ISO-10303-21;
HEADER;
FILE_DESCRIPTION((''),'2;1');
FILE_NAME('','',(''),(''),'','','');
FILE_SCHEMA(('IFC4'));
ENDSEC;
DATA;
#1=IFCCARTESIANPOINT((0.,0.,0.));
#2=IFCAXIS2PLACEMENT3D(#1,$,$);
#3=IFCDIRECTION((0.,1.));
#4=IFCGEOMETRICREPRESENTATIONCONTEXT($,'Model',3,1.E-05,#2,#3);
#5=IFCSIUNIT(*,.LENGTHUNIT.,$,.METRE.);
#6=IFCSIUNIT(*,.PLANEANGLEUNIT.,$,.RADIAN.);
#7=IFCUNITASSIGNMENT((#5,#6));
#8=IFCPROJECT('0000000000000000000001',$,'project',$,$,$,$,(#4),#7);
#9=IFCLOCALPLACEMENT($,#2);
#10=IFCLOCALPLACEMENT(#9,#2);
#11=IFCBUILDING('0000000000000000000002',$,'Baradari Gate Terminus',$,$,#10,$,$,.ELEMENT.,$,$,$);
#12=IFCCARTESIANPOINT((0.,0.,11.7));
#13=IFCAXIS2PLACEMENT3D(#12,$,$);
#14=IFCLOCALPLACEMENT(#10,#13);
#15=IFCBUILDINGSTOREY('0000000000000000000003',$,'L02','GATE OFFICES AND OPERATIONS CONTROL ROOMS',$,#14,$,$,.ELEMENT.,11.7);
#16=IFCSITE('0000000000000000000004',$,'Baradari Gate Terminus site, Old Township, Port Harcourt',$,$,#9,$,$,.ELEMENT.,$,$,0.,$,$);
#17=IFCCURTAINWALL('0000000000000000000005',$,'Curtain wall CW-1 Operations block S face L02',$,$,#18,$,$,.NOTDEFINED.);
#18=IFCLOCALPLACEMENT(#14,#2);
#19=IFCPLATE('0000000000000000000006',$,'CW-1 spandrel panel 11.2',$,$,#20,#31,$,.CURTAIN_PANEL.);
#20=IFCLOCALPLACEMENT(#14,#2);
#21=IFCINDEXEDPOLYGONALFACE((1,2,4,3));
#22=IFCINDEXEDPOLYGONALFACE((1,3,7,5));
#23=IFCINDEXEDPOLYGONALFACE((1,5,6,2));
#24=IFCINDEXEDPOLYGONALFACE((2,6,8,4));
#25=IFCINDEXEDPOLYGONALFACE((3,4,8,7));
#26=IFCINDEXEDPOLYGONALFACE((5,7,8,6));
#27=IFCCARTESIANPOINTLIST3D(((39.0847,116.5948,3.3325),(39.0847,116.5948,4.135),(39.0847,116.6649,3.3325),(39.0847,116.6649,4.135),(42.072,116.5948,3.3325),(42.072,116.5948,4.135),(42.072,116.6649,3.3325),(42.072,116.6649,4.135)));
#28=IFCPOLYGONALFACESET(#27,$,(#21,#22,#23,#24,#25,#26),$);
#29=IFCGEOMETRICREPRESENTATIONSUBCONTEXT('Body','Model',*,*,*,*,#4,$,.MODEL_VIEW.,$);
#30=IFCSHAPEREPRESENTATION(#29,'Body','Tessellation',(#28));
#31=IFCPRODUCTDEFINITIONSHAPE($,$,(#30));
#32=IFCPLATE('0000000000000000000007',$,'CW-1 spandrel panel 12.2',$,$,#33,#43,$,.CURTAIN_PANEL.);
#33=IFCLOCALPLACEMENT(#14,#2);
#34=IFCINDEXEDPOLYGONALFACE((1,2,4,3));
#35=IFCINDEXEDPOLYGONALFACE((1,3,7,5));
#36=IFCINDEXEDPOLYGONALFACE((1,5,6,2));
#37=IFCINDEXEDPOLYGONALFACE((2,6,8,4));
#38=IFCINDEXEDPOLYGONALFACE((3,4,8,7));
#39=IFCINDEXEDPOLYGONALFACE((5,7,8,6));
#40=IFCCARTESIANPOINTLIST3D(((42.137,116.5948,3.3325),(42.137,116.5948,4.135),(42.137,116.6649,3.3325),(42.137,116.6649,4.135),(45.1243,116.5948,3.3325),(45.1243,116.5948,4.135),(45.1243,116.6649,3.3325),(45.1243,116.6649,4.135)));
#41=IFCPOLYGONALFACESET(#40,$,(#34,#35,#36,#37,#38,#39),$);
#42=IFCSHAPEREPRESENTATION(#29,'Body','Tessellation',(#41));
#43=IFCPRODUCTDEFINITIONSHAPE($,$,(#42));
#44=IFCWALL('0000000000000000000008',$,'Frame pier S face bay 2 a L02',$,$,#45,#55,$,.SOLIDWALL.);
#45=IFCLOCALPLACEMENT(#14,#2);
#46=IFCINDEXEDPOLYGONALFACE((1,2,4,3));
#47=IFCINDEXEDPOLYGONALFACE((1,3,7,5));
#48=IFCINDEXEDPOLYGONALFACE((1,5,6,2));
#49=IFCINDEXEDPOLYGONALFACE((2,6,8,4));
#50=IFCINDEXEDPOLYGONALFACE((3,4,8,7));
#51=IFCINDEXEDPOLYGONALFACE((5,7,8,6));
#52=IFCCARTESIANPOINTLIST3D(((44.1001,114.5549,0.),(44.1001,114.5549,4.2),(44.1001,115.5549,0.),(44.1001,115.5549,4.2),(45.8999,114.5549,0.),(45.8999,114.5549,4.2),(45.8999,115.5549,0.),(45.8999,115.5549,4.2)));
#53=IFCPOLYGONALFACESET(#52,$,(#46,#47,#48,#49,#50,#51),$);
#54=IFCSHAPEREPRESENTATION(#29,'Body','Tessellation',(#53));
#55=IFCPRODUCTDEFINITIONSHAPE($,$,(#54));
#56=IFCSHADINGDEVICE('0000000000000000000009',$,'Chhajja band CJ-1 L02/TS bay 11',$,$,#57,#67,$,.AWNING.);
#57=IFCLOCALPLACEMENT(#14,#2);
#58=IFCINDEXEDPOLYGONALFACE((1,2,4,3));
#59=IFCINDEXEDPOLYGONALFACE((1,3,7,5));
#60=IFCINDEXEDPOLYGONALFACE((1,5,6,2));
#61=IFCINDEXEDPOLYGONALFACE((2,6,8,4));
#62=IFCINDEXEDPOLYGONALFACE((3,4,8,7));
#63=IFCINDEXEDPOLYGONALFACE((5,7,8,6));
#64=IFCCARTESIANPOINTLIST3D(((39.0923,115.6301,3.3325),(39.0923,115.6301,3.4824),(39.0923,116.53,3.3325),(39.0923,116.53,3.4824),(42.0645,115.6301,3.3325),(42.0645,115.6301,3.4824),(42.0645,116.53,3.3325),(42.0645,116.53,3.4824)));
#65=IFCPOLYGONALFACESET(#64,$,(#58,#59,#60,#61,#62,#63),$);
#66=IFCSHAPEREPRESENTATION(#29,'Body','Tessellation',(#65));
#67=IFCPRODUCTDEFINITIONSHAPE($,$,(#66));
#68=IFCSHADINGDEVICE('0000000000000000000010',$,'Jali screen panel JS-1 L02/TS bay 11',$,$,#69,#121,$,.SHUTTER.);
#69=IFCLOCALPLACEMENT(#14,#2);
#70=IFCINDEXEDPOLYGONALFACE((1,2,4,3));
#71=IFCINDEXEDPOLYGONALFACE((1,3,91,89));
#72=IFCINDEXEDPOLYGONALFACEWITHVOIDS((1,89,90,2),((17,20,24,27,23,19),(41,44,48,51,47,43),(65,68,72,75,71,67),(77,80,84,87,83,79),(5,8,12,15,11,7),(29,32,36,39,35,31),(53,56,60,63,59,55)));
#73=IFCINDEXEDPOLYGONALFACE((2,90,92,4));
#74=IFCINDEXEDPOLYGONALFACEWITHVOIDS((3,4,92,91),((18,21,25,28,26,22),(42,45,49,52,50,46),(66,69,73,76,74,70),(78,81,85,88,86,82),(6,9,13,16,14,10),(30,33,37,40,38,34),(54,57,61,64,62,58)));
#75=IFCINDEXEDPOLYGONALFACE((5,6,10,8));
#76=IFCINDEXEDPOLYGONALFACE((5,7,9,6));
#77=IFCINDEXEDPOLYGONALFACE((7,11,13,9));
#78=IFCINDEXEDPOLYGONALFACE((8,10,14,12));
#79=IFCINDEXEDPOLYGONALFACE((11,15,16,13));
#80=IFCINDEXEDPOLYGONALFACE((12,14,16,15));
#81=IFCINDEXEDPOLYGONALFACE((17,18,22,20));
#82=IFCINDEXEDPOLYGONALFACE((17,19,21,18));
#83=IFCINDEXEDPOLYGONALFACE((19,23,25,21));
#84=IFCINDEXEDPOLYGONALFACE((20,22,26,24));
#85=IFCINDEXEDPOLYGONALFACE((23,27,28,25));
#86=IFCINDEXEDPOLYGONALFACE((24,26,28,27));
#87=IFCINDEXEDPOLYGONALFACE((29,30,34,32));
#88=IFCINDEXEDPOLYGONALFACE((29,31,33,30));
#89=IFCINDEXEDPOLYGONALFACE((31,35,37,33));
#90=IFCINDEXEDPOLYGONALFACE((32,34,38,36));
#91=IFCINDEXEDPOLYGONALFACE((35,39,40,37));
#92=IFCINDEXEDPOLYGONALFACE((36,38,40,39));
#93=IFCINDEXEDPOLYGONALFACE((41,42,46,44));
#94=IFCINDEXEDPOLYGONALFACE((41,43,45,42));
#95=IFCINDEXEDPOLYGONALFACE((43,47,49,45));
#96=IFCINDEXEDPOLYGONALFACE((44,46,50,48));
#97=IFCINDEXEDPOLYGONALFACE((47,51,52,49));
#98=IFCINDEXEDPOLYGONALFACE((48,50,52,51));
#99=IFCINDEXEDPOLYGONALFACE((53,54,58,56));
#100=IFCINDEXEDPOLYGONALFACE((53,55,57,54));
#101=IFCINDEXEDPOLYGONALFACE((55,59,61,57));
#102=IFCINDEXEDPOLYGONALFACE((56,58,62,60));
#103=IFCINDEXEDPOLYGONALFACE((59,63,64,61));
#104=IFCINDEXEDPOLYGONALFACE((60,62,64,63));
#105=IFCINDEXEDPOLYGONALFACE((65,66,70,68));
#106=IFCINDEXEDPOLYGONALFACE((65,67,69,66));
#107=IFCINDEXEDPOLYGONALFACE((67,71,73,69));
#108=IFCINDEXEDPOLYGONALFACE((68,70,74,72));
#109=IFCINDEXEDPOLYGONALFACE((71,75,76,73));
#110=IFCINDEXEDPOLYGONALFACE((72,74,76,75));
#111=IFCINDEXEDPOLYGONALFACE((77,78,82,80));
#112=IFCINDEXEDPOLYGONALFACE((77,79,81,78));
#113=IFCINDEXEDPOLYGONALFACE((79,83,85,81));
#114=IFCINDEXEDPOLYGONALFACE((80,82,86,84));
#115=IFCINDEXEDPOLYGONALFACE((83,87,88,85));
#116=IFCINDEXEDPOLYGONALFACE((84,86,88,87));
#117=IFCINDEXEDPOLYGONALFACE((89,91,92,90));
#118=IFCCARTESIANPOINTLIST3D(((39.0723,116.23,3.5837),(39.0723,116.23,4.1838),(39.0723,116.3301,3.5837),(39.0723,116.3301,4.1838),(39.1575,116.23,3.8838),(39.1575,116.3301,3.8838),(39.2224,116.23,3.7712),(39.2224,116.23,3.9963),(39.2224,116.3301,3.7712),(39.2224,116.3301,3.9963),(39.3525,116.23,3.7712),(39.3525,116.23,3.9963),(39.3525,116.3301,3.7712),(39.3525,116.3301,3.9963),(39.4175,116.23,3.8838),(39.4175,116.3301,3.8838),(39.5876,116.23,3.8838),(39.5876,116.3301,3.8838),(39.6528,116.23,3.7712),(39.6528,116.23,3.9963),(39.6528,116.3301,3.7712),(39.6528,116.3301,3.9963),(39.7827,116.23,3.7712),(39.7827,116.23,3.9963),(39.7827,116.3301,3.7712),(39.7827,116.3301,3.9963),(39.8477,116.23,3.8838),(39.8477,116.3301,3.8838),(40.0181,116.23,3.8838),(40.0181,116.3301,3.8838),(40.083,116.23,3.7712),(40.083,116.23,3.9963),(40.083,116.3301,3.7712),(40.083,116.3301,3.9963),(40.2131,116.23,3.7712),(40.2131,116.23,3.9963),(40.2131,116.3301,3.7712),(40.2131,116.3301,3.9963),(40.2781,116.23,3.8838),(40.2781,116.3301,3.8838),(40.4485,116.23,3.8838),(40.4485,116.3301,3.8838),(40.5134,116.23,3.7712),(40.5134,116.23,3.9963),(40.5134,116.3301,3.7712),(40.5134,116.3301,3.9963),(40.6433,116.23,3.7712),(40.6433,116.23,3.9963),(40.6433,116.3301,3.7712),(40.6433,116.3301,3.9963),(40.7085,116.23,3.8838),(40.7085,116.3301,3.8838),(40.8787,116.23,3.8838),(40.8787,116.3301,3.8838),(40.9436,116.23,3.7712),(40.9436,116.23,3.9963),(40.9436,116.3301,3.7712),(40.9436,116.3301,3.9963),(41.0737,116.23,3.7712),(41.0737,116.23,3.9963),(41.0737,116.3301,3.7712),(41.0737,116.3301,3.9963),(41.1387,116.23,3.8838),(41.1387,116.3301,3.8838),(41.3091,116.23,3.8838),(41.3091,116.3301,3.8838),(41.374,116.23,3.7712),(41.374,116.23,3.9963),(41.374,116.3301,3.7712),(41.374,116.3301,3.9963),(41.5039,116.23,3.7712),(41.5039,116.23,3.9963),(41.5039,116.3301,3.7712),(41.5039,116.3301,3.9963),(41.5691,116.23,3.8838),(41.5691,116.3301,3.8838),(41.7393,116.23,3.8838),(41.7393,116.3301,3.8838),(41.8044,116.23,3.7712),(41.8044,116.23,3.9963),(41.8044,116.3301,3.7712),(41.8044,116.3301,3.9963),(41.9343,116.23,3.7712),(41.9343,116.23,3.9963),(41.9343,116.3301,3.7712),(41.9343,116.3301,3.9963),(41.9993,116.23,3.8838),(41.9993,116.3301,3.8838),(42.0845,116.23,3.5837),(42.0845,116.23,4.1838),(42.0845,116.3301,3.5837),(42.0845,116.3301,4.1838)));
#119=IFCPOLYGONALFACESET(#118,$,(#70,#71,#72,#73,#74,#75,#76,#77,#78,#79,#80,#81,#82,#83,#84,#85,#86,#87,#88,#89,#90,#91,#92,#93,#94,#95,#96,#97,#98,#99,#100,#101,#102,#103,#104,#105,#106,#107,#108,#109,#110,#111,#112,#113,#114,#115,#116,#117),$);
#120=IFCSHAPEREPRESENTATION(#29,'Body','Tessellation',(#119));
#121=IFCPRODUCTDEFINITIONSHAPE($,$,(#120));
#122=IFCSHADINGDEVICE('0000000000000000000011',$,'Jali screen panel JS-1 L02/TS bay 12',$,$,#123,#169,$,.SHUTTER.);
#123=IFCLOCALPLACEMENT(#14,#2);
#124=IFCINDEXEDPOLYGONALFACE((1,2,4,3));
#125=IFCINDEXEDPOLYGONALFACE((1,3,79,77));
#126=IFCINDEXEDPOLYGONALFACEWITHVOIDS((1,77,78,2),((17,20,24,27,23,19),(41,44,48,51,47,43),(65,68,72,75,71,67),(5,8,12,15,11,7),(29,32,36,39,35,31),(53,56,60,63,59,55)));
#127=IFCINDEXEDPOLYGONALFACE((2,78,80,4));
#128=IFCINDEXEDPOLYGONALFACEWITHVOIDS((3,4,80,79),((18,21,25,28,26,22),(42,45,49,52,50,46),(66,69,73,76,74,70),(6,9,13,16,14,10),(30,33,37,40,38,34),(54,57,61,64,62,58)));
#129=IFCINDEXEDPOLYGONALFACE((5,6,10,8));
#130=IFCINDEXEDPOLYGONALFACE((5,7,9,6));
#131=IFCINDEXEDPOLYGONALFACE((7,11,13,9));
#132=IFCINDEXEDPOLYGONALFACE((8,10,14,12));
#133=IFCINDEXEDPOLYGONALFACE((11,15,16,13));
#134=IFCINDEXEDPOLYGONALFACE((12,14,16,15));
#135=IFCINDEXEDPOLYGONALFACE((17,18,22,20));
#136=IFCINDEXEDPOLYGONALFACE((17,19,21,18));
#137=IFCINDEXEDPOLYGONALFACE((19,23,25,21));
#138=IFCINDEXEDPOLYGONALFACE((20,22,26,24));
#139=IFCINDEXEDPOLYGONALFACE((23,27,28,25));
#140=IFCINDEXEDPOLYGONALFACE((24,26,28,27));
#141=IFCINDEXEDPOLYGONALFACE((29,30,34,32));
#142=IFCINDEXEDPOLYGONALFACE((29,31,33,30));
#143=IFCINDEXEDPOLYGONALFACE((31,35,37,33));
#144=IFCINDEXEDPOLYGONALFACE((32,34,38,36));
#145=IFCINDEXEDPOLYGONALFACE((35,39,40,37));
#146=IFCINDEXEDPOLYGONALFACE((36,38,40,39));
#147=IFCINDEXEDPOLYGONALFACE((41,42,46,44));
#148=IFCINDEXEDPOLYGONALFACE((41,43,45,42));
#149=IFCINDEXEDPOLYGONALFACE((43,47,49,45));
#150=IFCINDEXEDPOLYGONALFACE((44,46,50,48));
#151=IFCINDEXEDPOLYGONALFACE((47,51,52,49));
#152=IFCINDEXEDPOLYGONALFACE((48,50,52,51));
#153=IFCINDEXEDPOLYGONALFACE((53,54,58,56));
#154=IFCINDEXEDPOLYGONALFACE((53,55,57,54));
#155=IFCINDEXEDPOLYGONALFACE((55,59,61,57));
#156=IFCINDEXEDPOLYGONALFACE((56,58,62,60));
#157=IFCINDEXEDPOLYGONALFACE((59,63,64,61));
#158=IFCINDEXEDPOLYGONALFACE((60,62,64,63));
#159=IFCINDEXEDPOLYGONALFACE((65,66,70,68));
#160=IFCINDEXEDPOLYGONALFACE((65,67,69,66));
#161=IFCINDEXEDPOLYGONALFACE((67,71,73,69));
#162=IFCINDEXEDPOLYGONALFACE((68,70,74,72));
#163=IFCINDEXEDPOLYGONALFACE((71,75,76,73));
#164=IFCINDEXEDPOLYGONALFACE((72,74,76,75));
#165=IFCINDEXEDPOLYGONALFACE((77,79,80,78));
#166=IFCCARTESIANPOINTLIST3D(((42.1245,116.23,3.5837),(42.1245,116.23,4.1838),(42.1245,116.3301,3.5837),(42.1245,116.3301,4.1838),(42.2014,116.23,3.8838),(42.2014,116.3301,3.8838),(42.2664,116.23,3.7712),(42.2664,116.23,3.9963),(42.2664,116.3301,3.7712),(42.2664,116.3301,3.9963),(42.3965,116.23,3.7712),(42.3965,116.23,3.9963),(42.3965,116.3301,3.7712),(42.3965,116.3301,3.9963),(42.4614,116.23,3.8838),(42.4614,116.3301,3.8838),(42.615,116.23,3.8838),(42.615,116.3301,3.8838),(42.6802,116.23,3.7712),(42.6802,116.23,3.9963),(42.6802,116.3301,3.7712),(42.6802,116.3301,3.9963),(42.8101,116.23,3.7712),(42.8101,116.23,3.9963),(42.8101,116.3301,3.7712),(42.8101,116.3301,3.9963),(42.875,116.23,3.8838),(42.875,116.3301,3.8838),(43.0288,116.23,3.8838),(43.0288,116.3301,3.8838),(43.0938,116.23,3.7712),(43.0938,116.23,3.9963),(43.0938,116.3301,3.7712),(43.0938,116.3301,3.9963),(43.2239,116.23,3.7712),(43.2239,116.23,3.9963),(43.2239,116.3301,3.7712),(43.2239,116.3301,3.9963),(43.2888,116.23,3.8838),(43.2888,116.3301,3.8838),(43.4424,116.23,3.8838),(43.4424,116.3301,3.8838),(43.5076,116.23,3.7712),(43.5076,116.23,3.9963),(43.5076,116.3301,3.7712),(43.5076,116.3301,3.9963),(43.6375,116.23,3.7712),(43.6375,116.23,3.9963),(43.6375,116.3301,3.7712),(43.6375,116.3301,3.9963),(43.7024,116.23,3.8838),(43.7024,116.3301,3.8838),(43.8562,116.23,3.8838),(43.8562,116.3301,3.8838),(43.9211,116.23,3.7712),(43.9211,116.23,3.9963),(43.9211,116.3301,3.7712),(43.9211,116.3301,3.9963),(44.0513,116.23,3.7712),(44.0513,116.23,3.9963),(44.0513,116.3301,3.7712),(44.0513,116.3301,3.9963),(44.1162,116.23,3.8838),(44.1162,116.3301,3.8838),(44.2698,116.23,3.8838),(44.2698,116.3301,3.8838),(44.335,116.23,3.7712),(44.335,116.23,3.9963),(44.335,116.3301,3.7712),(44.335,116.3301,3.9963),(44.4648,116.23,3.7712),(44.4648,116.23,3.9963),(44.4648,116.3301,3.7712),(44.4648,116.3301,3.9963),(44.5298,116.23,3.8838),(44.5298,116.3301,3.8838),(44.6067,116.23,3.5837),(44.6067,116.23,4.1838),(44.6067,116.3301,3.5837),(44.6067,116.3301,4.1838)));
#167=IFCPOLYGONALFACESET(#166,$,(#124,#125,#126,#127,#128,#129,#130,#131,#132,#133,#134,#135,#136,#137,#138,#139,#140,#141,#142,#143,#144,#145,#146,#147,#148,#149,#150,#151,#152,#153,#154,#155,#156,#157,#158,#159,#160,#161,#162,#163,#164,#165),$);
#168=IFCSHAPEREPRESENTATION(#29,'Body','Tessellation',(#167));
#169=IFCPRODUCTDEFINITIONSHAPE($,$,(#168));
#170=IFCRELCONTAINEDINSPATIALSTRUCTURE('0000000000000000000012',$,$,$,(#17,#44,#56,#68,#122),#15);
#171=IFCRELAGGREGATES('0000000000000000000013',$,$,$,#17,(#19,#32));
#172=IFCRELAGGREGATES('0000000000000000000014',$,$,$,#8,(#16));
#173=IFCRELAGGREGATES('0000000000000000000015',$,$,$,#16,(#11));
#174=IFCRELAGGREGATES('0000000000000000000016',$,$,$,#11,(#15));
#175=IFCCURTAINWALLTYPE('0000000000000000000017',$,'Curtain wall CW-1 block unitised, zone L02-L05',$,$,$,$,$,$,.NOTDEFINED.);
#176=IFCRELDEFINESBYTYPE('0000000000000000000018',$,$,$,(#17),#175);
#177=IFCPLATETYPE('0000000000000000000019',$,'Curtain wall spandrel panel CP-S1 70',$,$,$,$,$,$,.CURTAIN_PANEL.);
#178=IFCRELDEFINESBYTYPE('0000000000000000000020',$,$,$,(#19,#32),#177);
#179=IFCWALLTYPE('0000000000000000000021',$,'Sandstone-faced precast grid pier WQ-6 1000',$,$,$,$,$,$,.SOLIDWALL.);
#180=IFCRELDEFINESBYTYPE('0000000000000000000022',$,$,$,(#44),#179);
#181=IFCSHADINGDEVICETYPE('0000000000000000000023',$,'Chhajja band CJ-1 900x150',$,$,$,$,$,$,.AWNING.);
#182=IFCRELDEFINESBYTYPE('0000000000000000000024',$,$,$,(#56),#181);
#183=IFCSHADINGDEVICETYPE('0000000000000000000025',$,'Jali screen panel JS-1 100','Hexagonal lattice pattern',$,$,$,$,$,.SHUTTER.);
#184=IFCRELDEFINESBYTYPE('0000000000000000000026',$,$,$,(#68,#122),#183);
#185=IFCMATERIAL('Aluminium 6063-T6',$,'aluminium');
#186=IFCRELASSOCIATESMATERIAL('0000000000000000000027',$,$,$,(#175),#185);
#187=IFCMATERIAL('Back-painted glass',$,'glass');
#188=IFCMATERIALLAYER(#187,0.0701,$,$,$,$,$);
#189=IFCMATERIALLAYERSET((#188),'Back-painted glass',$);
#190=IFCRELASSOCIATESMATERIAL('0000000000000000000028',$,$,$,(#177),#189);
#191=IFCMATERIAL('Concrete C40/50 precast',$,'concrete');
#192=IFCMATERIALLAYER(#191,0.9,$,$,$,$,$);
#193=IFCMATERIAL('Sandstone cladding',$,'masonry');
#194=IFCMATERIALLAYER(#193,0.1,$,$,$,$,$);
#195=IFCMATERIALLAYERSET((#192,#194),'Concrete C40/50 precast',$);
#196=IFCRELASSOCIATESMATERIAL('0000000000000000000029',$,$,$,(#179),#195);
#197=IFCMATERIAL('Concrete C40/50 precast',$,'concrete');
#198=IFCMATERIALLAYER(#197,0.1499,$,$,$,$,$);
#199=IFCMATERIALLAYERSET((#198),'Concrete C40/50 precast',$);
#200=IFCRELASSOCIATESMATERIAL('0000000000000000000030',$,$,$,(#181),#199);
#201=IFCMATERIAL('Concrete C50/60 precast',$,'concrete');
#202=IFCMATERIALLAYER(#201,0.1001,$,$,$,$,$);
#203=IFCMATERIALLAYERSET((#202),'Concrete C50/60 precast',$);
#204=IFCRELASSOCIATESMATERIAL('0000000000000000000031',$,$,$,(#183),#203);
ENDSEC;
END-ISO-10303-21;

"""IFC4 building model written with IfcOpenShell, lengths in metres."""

from ifc_helpers import new_model, si_unit, direction, frame, frame_2d, origin, origin_2d, place, context, subcontext, project, spatial, polyline, rectangle, outline, extrude, material, layer, layer_set, type_object, element, aggregate, save


model = new_model("IFC4")

# Units and contexts
model_context = context("Model", 3, precision=1e-05, world=origin(), true_north=direction((0.0, 1.0)))
body_context = subcontext(model_context, "Body", "Model", "MODEL_VIEW")
ifc_project = project(units=[si_unit("LENGTHUNIT", "METRE"), si_unit("PLANEANGLEUNIT", "RADIAN")], contexts=[model_context])

# Site, building, storey
site_placement = place(None, origin())
site = spatial("IfcSite", under=ifc_project, at=site_placement, Name="Baradari Gate Terminus site, Old Township, Port Harcourt", CompositionType="ELEMENT", RefElevation=0.0)
building_placement = place(site_placement, origin())
building = spatial("IfcBuilding", under=site, at=building_placement, Name="Baradari Gate Terminus", CompositionType="ELEMENT")
storey_placement = place(building_placement, frame((0.0, 0.0, 11.7)))
storey = spatial("IfcBuildingStorey", under=building, at=storey_placement, Name="L02", Description="GATE OFFICES AND OPERATIONS CONTROL ROOMS", CompositionType="ELEMENT", Elevation=11.7)

# Curtain wall, plates
ifc_material_1 = material(Name="Aluminium 6063-T6", Category="aluminium")
curtain_wall_type = type_object("IfcCurtainWallType", Name="Curtain wall CW-1 block unitised, zone L02-L05", PredefinedType="NOTDEFINED", material=ifc_material_1)
curtain_wall_placement = place(storey_placement, origin())
curtain_wall = element("IfcCurtainWall", 1, at=curtain_wall_placement, inside=storey, type_object=curtain_wall_type, Name="Curtain wall CW-1 Operations block S face L02", PredefinedType="NOTDEFINED")
ifc_material_2 = material(Name="Back-painted glass", Category="glass")
ifc_layer_1 = layer(ifc_material_2, 0.0701)
ifc_layer_set_1 = layer_set([ifc_layer_1], Name="Back-painted glass")
plate_type_1 = type_object("IfcPlateType", Name="Curtain wall spandrel panel CP-S1 70", PredefinedType="CURTAIN_PANEL", material=ifc_layer_set_1)
plate_1_placement = place(storey_placement, frame((40.5784, 116.6299, 3.3325), z_axis=(0.0, 0.0, 1.0), x_axis=(1.0, 0.0, 0.0)))
plate_1 = element("IfcPlate", 2, at=plate_1_placement, type_object=plate_type_1, Name="CW-1 spandrel panel 11.2", PredefinedType="CURTAIN_PANEL", context=body_context, shape_type="SweptSolid", body=[
    extrude(rectangle(XDim=2.9873, YDim=0.0701, at=origin_2d()), origin(), (0.0, 0.0, 1.0), 0.8025),
])
plate_2_placement = place(storey_placement, frame((43.6306, 116.6299, 3.3325), z_axis=(0.0, 0.0, 1.0), x_axis=(1.0, 0.0, 0.0)))
plate_2 = element("IfcPlate", 3, at=plate_2_placement, type_object=plate_type_1, Name="CW-1 spandrel panel 12.2", PredefinedType="CURTAIN_PANEL", context=body_context, shape_type="SweptSolid", body=[
    extrude(rectangle(XDim=2.9873, YDim=0.0701, at=origin_2d()), origin(), (0.0, 0.0, 1.0), 0.8025),
])
aggregate(curtain_wall, [plate_1, plate_2])

# Wall
ifc_material_3 = material(Name="Concrete C40/50 precast", Category="concrete")
ifc_layer_2 = layer(ifc_material_3, 0.9)
ifc_material_4 = material(Name="Sandstone cladding", Category="masonry")
ifc_layer_3 = layer(ifc_material_4, 0.1)
ifc_layer_set_2 = layer_set([ifc_layer_2, ifc_layer_3], Name="Concrete C40/50 precast")
wall_type = type_object("IfcWallType", Name="Sandstone-faced precast grid pier WQ-6 1000", PredefinedType="SOLIDWALL", material=ifc_layer_set_2)
wall_placement = place(storey_placement, frame((44.1001, 115.0549, 0.0), z_axis=(0.0, 0.0, 1.0), x_axis=(1.0, 0.0, 0.0)))
element("IfcWall", 4, at=wall_placement, inside=storey, type_object=wall_type, Name="Frame pier S face bay 2 a L02", PredefinedType="SOLIDWALL", context=body_context, shape_type="SweptSolid", body=[
    extrude(rectangle(XDim=1.7998, YDim=1.0, at=frame_2d((0.8999, 0.0))), origin(), (0.0, 0.0, 1.0), 4.2),
])

# Shading devices
ifc_material_5 = material(Name="Concrete C40/50 precast", Category="concrete")
ifc_layer_4 = layer(ifc_material_5, 0.1499)
ifc_layer_set_3 = layer_set([ifc_layer_4], Name="Concrete C40/50 precast")
shading_device_type_1 = type_object("IfcShadingDeviceType", Name="Chhajja band CJ-1 900x150", PredefinedType="AWNING", material=ifc_layer_set_3)
shading_device_1_placement = place(storey_placement, frame((40.5784, 116.0801, 3.3325), z_axis=(0.0, 0.0, 1.0), x_axis=(1.0, 0.0, 0.0)))
element("IfcShadingDevice", 5, at=shading_device_1_placement, inside=storey, type_object=shading_device_type_1, Name="Chhajja band CJ-1 L02/TS bay 11", PredefinedType="AWNING", context=body_context, shape_type="SweptSolid", body=[
    extrude(rectangle(XDim=2.9722, YDim=0.8999, at=origin_2d()), origin(), (0.0, 0.0, 1.0), 0.1499),
])
ifc_material_6 = material(Name="Concrete C50/60 precast", Category="concrete")
ifc_layer_5 = layer(ifc_material_6, 0.1001)
ifc_layer_set_4 = layer_set([ifc_layer_5], Name="Concrete C50/60 precast")
shading_device_type_2 = type_object("IfcShadingDeviceType", Name="Jali screen panel JS-1 100", Description="Hexagonal lattice pattern", PredefinedType="SHUTTER", material=ifc_layer_set_4)
shading_device_2_placement = place(storey_placement, frame((39.0723, 116.28, 3.5837), z_axis=(0.0, 0.0, 1.0), x_axis=(1.0, 0.0, 0.0)))
element("IfcShadingDevice", 6, at=shading_device_2_placement, inside=storey, type_object=shading_device_type_2, Name="Jali screen panel JS-1 L02/TS bay 11", PredefinedType="SHUTTER", context=body_context, shape_type="SweptSolid", body=[
    extrude(outline(polyline([(0.0, 0.0), (3.0122, 0.0), (3.0122, 0.6001), (0.0, 0.6001), (0.0, 0.0)]), holes=[polyline([(0.3452, 0.3), (0.2803, 0.1875), (0.1501, 0.1875), (0.0852, 0.3), (0.1501, 0.4126), (0.2803, 0.4126), (0.3452, 0.3)]), polyline([(0.7754, 0.3), (0.7104, 0.1875), (0.5806, 0.1875), (0.5154, 0.3), (0.5806, 0.4126), (0.7104, 0.4126), (0.7754, 0.3)]), polyline([(1.2058, 0.3), (1.1409, 0.1875), (1.0107, 0.1875), (0.9458, 0.3), (1.0107, 0.4126), (1.1409, 0.4126), (1.2058, 0.3)]), polyline([(1.6362, 0.3), (1.571, 0.1875), (1.4412, 0.1875), (1.3762, 0.3), (1.4412, 0.4126), (1.571, 0.4126), (1.6362, 0.3)]), polyline([(2.0664, 0.3), (2.0015, 0.1875), (1.8713, 0.1875), (1.8064, 0.3), (1.8713, 0.4126), (2.0015, 0.4126), (2.0664, 0.3)]), polyline([(2.4968, 0.3), (2.4316, 0.1875), (2.3018, 0.1875), (2.2368, 0.3), (2.3018, 0.4126), (2.4316, 0.4126), (2.4968, 0.3)]), polyline([(2.927, 0.3), (2.8621, 0.1875), (2.7322, 0.1875), (2.667, 0.3), (2.7322, 0.4126), (2.8621, 0.4126), (2.927, 0.3)])]), frame((0.0, 0.05, 0.0), z_axis=(0.0, -1.0, 0.0), x_axis=(1.0, 0.0, 0.0)), (0.0, 0.0, 1.0), 0.1001),
])
for number, where, z_axis, x_axis, name in (
    (7, (42.1245, 116.28, 3.5837), (0.0, 0.0, 1.0), (1.0, 0.0, 0.0), "Jali screen panel JS-1 L02/TS bay 12"),
):
    element("IfcShadingDevice", number, at=place(storey_placement, frame(where, z_axis=z_axis, x_axis=x_axis)), inside=storey, type_object=shading_device_type_2, Name=name, PredefinedType="SHUTTER", context=body_context, shape_type="SweptSolid", body=[
        extrude(outline(polyline([(0.0, 0.0), (2.4822, 0.0), (2.4822, 0.6001), (0.0, 0.6001), (0.0, 0.0)]), holes=[polyline([(0.3369, 0.3), (0.272, 0.1875), (0.1418, 0.1875), (0.0769, 0.3), (0.1418, 0.4126), (0.272, 0.4126), (0.3369, 0.3)]), polyline([(0.7505, 0.3), (0.6855, 0.1875), (0.5557, 0.1875), (0.4905, 0.3), (0.5557, 0.4126), (0.6855, 0.4126), (0.7505, 0.3)]), polyline([(1.1643, 0.3), (1.0994, 0.1875), (0.9692, 0.1875), (0.9043, 0.3), (0.9692, 0.4126), (1.0994, 0.4126), (1.1643, 0.3)]), polyline([(1.5779, 0.3), (1.5129, 0.1875), (1.3831, 0.1875), (1.3179, 0.3), (1.3831, 0.4126), (1.5129, 0.4126), (1.5779, 0.3)]), polyline([(1.9917, 0.3), (1.9268, 0.1875), (1.7966, 0.1875), (1.7317, 0.3), (1.7966, 0.4126), (1.9268, 0.4126), (1.9917, 0.3)]), polyline([(2.4053, 0.3), (2.3403, 0.1875), (2.2104, 0.1875), (2.1453, 0.3), (2.2104, 0.4126), (2.3403, 0.4126), (2.4053, 0.3)])]), frame((0.0, 0.05, 0.0), z_axis=(0.0, -1.0, 0.0), x_axis=(1.0, 0.0, 0.0)), (0.0, 0.0, 1.0), 0.1001),
    ])

save(model, "model.ifc")
